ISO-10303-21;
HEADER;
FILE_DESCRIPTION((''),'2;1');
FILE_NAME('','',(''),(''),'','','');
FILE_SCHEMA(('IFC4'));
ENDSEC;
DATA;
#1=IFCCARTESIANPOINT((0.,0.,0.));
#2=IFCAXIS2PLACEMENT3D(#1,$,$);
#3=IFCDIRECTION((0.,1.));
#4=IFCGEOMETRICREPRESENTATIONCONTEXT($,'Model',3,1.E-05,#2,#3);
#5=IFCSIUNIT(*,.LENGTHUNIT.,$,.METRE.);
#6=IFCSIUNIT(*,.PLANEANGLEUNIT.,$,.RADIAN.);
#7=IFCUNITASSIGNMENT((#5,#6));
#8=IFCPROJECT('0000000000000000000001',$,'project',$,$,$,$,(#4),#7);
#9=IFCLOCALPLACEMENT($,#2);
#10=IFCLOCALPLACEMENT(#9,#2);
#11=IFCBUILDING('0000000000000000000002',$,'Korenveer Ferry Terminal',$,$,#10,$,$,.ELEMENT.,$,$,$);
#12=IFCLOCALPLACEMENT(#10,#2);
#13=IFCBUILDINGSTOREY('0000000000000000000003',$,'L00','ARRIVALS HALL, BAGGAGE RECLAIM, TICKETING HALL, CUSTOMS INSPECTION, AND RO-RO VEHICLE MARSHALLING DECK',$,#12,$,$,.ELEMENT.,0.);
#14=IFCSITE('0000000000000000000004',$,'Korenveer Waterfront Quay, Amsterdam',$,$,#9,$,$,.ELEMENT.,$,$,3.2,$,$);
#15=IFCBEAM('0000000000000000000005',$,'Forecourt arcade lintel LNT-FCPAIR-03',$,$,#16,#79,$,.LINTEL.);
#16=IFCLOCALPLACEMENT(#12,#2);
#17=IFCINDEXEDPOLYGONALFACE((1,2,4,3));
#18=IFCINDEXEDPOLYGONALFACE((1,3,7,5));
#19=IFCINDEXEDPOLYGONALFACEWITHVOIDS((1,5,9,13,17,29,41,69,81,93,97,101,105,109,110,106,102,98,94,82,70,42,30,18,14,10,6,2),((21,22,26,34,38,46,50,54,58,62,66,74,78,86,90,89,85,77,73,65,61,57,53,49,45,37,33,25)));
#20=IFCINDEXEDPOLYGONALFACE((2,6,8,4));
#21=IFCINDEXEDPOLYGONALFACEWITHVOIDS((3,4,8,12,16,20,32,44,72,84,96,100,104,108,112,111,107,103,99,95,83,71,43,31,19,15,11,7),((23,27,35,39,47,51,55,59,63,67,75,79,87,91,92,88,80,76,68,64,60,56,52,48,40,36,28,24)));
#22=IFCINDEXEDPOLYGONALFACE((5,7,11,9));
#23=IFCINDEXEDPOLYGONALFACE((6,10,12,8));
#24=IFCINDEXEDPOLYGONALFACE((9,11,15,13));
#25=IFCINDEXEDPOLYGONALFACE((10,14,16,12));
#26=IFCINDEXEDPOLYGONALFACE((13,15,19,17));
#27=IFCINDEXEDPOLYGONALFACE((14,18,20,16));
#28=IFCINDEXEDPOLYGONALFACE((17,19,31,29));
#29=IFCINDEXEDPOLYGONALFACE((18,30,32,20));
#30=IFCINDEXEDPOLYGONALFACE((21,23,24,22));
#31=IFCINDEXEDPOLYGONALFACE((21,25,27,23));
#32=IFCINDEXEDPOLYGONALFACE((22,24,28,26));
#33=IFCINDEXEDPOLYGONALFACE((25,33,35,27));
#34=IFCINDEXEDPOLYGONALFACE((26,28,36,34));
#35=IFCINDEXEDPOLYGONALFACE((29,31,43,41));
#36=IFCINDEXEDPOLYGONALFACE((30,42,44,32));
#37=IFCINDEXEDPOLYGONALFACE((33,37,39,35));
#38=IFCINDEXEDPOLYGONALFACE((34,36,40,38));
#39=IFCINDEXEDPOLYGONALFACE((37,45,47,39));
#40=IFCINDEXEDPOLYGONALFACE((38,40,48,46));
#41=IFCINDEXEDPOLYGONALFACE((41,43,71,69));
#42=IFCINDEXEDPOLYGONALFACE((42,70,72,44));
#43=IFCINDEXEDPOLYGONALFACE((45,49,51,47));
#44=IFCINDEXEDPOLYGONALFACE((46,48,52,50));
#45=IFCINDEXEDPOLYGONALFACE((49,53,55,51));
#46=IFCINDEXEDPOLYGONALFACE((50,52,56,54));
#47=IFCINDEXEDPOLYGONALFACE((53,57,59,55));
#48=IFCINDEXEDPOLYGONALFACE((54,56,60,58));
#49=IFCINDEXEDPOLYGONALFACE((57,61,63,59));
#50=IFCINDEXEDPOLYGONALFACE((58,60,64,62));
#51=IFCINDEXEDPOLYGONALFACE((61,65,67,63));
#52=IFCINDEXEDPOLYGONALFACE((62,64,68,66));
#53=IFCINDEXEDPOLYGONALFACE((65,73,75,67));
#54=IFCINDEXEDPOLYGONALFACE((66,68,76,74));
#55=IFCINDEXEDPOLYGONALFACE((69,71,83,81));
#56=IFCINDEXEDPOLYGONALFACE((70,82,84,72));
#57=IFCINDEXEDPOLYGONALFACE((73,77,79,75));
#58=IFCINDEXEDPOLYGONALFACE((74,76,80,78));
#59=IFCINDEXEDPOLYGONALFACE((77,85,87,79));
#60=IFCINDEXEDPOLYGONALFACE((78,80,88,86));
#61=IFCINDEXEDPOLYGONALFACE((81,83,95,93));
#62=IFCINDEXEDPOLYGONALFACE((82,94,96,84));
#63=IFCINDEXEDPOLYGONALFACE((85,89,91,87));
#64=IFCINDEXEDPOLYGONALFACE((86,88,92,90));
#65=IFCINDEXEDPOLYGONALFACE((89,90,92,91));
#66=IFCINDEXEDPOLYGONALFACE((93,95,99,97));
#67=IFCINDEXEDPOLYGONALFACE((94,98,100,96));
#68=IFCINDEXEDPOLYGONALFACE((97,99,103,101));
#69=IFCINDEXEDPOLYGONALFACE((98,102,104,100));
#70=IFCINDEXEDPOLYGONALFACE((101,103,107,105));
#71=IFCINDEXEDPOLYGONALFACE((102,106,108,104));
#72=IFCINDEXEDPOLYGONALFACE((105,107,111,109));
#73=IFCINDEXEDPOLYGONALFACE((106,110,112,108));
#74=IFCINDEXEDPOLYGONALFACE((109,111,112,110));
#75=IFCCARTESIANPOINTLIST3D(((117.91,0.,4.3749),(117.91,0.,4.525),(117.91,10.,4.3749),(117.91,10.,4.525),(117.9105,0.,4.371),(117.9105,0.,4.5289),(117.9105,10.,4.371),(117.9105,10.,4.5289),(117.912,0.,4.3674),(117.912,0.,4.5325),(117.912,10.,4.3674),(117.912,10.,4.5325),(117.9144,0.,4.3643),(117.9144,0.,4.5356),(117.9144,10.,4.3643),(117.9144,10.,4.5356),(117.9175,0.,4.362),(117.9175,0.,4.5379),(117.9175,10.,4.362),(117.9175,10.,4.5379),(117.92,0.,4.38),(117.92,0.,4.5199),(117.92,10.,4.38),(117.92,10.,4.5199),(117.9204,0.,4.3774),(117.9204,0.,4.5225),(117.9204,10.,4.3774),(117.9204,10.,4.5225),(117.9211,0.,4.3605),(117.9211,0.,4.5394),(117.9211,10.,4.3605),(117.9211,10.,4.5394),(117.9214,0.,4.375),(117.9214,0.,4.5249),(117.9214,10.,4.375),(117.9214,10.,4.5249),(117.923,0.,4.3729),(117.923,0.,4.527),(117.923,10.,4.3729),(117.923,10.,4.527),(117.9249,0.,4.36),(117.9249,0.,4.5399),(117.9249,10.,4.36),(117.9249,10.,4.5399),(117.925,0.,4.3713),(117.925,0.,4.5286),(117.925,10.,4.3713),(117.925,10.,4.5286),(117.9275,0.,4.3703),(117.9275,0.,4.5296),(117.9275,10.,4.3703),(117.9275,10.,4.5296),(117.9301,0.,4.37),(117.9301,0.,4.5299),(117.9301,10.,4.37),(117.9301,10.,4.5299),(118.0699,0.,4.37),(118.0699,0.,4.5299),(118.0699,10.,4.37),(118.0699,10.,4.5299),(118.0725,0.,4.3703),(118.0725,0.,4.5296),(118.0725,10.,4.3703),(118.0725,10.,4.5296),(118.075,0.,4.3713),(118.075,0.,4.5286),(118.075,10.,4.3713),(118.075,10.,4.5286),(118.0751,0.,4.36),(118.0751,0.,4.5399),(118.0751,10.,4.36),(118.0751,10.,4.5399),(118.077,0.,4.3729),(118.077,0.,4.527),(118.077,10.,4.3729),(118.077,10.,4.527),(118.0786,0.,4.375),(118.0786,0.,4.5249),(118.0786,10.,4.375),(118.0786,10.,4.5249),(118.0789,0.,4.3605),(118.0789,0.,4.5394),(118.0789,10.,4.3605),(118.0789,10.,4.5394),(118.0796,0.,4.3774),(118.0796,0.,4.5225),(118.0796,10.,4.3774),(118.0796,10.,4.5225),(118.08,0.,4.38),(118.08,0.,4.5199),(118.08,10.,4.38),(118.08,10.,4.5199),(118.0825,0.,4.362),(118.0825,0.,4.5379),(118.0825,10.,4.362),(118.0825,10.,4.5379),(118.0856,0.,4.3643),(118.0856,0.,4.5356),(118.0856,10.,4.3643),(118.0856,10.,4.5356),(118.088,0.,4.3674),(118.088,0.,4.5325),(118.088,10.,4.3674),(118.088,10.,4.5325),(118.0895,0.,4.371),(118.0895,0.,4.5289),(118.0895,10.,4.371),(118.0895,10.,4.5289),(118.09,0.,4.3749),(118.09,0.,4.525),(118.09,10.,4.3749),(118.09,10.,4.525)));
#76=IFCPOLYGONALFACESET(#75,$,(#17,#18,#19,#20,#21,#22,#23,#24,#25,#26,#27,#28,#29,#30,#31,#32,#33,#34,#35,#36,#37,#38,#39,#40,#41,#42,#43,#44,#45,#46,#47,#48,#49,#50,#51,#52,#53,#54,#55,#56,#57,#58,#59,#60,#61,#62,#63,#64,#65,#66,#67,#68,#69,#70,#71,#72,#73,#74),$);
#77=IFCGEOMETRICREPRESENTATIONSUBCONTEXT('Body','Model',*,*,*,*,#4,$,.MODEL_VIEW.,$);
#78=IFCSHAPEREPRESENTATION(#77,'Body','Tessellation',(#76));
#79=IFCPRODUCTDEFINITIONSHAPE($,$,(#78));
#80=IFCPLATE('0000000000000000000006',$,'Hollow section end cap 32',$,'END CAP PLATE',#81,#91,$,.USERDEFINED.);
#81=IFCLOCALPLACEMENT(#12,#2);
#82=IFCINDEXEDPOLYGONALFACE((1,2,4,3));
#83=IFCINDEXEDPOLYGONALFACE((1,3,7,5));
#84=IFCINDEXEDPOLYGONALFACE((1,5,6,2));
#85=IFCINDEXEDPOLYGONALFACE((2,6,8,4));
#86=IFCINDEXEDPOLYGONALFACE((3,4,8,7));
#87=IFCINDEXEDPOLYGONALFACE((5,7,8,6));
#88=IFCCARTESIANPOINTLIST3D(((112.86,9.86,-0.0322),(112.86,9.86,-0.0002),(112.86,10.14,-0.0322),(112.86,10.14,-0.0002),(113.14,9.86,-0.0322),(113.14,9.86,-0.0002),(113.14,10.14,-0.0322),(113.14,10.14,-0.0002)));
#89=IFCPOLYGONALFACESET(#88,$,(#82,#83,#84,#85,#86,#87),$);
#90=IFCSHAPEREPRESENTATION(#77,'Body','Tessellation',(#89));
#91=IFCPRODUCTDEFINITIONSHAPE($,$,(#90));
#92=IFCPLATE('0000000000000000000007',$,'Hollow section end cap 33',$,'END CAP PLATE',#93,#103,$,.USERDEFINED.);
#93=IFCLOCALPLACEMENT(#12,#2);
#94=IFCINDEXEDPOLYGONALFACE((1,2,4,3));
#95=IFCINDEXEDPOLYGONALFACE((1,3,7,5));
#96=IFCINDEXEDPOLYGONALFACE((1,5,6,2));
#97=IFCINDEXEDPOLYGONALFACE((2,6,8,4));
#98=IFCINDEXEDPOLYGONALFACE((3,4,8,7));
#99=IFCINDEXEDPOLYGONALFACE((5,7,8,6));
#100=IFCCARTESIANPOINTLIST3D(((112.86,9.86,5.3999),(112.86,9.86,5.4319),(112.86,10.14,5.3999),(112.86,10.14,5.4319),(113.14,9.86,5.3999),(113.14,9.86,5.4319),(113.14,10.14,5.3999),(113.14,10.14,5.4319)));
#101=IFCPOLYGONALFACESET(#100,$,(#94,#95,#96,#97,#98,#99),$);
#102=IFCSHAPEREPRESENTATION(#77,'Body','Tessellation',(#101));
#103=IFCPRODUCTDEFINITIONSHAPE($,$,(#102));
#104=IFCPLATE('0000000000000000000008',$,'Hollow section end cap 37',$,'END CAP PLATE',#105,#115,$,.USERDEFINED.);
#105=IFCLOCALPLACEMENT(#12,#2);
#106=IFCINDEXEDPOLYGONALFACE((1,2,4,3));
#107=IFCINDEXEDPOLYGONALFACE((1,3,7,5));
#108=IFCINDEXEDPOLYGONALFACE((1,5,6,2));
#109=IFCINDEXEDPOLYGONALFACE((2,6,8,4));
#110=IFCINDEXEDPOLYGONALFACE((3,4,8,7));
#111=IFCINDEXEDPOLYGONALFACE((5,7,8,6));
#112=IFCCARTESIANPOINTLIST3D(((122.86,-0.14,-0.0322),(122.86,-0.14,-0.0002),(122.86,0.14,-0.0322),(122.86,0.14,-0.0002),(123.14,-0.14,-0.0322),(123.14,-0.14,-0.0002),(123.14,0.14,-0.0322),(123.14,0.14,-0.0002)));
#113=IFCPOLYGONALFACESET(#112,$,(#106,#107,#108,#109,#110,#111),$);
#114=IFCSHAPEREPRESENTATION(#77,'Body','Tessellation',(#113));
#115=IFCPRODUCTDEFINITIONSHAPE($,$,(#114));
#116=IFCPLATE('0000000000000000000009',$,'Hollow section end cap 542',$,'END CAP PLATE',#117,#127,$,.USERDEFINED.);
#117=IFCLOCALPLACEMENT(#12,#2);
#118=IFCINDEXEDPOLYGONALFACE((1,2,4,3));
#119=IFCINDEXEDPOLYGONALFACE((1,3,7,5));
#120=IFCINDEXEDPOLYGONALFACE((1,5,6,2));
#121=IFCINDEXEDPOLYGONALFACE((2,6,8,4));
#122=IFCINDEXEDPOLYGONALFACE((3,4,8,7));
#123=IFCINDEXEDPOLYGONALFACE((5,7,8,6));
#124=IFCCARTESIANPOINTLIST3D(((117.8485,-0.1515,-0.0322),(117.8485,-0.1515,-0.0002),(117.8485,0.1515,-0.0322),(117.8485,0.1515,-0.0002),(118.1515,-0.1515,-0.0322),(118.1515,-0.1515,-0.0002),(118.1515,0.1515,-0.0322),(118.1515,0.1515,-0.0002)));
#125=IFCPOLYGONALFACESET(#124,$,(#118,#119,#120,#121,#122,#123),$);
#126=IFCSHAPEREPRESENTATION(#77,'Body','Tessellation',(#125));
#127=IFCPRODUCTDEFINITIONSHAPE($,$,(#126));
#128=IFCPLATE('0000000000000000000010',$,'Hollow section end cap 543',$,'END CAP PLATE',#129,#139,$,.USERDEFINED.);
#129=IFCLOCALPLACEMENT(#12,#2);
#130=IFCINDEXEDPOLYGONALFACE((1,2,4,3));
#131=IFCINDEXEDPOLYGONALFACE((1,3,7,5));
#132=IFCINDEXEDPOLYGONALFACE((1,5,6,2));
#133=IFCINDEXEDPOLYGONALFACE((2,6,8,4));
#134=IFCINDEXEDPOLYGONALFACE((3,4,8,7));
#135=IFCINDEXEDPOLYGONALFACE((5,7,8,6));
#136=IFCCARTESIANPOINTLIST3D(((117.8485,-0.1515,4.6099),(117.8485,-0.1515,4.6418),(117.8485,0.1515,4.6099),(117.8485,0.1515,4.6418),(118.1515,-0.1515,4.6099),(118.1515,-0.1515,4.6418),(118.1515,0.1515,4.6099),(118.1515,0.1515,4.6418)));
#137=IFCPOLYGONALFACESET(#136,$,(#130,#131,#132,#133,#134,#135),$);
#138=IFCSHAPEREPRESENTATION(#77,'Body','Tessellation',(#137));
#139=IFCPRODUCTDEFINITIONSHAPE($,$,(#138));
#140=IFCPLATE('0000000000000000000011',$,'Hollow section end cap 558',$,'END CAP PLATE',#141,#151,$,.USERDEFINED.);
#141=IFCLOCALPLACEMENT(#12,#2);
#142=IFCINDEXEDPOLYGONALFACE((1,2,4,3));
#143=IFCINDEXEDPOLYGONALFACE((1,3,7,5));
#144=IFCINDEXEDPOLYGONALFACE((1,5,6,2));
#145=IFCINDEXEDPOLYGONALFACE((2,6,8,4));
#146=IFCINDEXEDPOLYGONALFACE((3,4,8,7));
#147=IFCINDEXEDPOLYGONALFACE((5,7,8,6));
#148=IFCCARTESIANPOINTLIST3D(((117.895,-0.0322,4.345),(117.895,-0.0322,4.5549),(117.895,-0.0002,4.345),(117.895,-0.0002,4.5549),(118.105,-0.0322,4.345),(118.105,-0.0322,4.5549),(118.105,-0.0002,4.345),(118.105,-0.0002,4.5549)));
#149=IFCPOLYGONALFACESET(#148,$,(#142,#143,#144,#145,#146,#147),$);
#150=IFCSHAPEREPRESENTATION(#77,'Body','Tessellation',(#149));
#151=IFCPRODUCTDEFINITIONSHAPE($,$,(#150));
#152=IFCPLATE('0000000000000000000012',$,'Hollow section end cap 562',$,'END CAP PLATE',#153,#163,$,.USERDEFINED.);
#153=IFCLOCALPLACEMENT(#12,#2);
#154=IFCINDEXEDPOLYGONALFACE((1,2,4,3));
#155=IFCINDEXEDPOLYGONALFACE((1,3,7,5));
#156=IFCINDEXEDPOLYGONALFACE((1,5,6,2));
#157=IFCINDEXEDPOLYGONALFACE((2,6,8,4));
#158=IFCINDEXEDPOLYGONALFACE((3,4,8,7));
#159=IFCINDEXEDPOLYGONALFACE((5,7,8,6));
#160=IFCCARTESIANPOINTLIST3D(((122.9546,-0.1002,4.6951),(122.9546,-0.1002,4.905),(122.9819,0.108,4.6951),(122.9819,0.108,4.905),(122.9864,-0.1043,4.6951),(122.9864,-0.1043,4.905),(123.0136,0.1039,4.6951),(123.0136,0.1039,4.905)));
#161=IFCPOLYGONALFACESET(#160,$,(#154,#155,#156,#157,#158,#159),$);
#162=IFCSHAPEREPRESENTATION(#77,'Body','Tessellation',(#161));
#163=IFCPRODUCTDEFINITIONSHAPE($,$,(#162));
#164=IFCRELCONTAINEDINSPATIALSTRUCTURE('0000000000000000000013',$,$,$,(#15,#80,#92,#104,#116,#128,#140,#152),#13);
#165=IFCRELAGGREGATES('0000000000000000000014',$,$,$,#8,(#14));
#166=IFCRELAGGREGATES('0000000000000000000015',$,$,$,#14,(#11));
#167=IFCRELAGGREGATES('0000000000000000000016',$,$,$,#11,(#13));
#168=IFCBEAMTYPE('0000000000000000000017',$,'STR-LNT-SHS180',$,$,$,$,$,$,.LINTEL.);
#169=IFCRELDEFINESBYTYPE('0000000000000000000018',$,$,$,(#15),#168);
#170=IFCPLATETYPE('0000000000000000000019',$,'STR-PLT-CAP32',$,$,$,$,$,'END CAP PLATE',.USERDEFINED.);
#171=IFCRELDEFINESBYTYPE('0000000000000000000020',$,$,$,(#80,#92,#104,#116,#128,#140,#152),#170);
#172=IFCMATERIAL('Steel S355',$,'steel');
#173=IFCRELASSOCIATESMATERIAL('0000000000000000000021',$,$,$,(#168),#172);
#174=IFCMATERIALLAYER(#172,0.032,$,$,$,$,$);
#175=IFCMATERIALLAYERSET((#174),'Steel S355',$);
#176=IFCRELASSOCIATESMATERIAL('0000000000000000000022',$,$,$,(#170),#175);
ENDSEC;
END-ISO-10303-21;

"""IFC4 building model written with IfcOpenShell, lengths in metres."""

from ifc_helpers import new_model, si_unit, direction, frame, origin, origin_2d, place, context, subcontext, project, spatial, rectangle, hollow_rectangle, extrude, material, layer, layer_set, material_profile, profile_set, type_object, element, save


model = new_model("IFC4")

# Units and contexts
model_context = context("Model", 3, precision=1e-05, world=origin(), true_north=direction((0.0, 1.0)))
body_context = subcontext(model_context, "Body", "Model", "MODEL_VIEW")
ifc_project = project(units=[si_unit("LENGTHUNIT", "METRE"), si_unit("PLANEANGLEUNIT", "RADIAN")], contexts=[model_context])

# Site, building, storey
site_placement = place(None, origin())
site = spatial("IfcSite", under=ifc_project, at=site_placement, Name="Korenveer Waterfront Quay, Amsterdam", CompositionType="ELEMENT", RefElevation=3.2)
building_placement = place(site_placement, origin())
building = spatial("IfcBuilding", under=site, at=building_placement, Name="Korenveer Ferry Terminal", CompositionType="ELEMENT")
storey_placement = place(building_placement, origin())
storey = spatial("IfcBuildingStorey", under=building, at=storey_placement, Name="L00", Description="ARRIVALS HALL, BAGGAGE RECLAIM, TICKETING HALL, CUSTOMS INSPECTION, AND RO-RO VEHICLE MARSHALLING DECK", CompositionType="ELEMENT", Elevation=0.0)

# Shared definitions
ifc_material_1 = material(Name="Steel S355", Category="steel")

# Beam
ifc_material_profile_1 = material_profile(ifc_material_1, hollow_rectangle(XDim=0.1799, YDim=0.1799, WallThickness=0.01, InnerFilletRadius=0.01, OuterFilletRadius=0.0149, at=origin_2d()), Name="SHS 180x180x10")
ifc_profile_set_1 = profile_set([ifc_material_profile_1], Name="Steel S355")
beam_type_1 = type_object("IfcBeamType", Name="STR-LNT-SHS180", PredefinedType="LINTEL", material=ifc_profile_set_1)
beam_1_placement = place(storey_placement, frame((118.0, 0.0, 4.45), z_axis=(0.0, 1.0, 0.0), x_axis=(-1.0, 0.0, 0.0)))
element("IfcBeam", 1, at=beam_1_placement, inside=storey, type_object=beam_type_1, Name="Forecourt arcade lintel LNT-FCPAIR-03", PredefinedType="LINTEL", context=body_context, shape_type="SweptSolid", body=[
    extrude(hollow_rectangle(XDim=0.1799, YDim=0.1799, WallThickness=0.01, InnerFilletRadius=0.01, OuterFilletRadius=0.0149, at=origin_2d()), origin(), (0.0, 0.0, 1.0), 10.0),
])

# Plates
ifc_layer = layer(ifc_material_1, 0.032)
ifc_layer_set = layer_set([ifc_layer], Name="Steel S355")
plate_type = type_object("IfcPlateType", Name="STR-PLT-CAP32", ElementType="END CAP PLATE", PredefinedType="USERDEFINED", material=ifc_layer_set)
for number, where, z_axis, x_axis, name in (
    (2, (113.0, 10.0, -0.0322), (0.0, 0.0, 1.0), (1.0, 0.0, 0.0), "Hollow section end cap 32"),
    (3, (113.0, 10.0, 5.3999), (0.0, 0.0, 1.0), (1.0, 0.0, 0.0), "Hollow section end cap 33"),
    (4, (123.0, 0.0, -0.0322), (0.0, 0.0, 1.0), (1.0, 0.0, 0.0), "Hollow section end cap 37"),
):
    element("IfcPlate", number, at=place(storey_placement, frame(where, z_axis=z_axis, x_axis=x_axis)), inside=storey, type_object=plate_type, Name=name, ObjectType="END CAP PLATE", PredefinedType="USERDEFINED", context=body_context, shape_type="SweptSolid", body=[
        extrude(rectangle(XDim=0.28, YDim=0.28, at=origin_2d()), origin(), (0.0, 0.0, 1.0), 0.032),
    ])
for number, where, z_axis, x_axis, name in (
    (5, (118.0, 0.0, -0.0322), (0.0, 0.0, 1.0), (1.0, 0.0, 0.0), "Hollow section end cap 542"),
    (6, (118.0, 0.0, 4.6099), (0.0, 0.0, 1.0), (1.0, 0.0, 0.0), "Hollow section end cap 543"),
):
    element("IfcPlate", number, at=place(storey_placement, frame(where, z_axis=z_axis, x_axis=x_axis)), inside=storey, type_object=plate_type, Name=name, ObjectType="END CAP PLATE", PredefinedType="USERDEFINED", context=body_context, shape_type="SweptSolid", body=[
        extrude(rectangle(XDim=0.303, YDim=0.303, at=origin_2d()), origin(), (0.0, 0.0, 1.0), 0.032),
    ])
for number, where, z_axis, x_axis, name in (
    (7, (118.0, -0.0322, 4.45), (0.0, 1.0, 0.0), (-1.0, 0.0, 0.0), "Hollow section end cap 558"),
    (8, (122.9683, 0.0039, 4.8), (0.991558, -0.129665, 0.0), (0.129665, 0.991558, 0.0), "Hollow section end cap 562"),
):
    element("IfcPlate", number, at=place(storey_placement, frame(where, z_axis=z_axis, x_axis=x_axis)), inside=storey, type_object=plate_type, Name=name, ObjectType="END CAP PLATE", PredefinedType="USERDEFINED", context=body_context, shape_type="SweptSolid", body=[
        extrude(rectangle(XDim=0.21, YDim=0.21, at=origin_2d()), origin(), (0.0, 0.0, 1.0), 0.032),
    ])

save(model, "model.ifc")
